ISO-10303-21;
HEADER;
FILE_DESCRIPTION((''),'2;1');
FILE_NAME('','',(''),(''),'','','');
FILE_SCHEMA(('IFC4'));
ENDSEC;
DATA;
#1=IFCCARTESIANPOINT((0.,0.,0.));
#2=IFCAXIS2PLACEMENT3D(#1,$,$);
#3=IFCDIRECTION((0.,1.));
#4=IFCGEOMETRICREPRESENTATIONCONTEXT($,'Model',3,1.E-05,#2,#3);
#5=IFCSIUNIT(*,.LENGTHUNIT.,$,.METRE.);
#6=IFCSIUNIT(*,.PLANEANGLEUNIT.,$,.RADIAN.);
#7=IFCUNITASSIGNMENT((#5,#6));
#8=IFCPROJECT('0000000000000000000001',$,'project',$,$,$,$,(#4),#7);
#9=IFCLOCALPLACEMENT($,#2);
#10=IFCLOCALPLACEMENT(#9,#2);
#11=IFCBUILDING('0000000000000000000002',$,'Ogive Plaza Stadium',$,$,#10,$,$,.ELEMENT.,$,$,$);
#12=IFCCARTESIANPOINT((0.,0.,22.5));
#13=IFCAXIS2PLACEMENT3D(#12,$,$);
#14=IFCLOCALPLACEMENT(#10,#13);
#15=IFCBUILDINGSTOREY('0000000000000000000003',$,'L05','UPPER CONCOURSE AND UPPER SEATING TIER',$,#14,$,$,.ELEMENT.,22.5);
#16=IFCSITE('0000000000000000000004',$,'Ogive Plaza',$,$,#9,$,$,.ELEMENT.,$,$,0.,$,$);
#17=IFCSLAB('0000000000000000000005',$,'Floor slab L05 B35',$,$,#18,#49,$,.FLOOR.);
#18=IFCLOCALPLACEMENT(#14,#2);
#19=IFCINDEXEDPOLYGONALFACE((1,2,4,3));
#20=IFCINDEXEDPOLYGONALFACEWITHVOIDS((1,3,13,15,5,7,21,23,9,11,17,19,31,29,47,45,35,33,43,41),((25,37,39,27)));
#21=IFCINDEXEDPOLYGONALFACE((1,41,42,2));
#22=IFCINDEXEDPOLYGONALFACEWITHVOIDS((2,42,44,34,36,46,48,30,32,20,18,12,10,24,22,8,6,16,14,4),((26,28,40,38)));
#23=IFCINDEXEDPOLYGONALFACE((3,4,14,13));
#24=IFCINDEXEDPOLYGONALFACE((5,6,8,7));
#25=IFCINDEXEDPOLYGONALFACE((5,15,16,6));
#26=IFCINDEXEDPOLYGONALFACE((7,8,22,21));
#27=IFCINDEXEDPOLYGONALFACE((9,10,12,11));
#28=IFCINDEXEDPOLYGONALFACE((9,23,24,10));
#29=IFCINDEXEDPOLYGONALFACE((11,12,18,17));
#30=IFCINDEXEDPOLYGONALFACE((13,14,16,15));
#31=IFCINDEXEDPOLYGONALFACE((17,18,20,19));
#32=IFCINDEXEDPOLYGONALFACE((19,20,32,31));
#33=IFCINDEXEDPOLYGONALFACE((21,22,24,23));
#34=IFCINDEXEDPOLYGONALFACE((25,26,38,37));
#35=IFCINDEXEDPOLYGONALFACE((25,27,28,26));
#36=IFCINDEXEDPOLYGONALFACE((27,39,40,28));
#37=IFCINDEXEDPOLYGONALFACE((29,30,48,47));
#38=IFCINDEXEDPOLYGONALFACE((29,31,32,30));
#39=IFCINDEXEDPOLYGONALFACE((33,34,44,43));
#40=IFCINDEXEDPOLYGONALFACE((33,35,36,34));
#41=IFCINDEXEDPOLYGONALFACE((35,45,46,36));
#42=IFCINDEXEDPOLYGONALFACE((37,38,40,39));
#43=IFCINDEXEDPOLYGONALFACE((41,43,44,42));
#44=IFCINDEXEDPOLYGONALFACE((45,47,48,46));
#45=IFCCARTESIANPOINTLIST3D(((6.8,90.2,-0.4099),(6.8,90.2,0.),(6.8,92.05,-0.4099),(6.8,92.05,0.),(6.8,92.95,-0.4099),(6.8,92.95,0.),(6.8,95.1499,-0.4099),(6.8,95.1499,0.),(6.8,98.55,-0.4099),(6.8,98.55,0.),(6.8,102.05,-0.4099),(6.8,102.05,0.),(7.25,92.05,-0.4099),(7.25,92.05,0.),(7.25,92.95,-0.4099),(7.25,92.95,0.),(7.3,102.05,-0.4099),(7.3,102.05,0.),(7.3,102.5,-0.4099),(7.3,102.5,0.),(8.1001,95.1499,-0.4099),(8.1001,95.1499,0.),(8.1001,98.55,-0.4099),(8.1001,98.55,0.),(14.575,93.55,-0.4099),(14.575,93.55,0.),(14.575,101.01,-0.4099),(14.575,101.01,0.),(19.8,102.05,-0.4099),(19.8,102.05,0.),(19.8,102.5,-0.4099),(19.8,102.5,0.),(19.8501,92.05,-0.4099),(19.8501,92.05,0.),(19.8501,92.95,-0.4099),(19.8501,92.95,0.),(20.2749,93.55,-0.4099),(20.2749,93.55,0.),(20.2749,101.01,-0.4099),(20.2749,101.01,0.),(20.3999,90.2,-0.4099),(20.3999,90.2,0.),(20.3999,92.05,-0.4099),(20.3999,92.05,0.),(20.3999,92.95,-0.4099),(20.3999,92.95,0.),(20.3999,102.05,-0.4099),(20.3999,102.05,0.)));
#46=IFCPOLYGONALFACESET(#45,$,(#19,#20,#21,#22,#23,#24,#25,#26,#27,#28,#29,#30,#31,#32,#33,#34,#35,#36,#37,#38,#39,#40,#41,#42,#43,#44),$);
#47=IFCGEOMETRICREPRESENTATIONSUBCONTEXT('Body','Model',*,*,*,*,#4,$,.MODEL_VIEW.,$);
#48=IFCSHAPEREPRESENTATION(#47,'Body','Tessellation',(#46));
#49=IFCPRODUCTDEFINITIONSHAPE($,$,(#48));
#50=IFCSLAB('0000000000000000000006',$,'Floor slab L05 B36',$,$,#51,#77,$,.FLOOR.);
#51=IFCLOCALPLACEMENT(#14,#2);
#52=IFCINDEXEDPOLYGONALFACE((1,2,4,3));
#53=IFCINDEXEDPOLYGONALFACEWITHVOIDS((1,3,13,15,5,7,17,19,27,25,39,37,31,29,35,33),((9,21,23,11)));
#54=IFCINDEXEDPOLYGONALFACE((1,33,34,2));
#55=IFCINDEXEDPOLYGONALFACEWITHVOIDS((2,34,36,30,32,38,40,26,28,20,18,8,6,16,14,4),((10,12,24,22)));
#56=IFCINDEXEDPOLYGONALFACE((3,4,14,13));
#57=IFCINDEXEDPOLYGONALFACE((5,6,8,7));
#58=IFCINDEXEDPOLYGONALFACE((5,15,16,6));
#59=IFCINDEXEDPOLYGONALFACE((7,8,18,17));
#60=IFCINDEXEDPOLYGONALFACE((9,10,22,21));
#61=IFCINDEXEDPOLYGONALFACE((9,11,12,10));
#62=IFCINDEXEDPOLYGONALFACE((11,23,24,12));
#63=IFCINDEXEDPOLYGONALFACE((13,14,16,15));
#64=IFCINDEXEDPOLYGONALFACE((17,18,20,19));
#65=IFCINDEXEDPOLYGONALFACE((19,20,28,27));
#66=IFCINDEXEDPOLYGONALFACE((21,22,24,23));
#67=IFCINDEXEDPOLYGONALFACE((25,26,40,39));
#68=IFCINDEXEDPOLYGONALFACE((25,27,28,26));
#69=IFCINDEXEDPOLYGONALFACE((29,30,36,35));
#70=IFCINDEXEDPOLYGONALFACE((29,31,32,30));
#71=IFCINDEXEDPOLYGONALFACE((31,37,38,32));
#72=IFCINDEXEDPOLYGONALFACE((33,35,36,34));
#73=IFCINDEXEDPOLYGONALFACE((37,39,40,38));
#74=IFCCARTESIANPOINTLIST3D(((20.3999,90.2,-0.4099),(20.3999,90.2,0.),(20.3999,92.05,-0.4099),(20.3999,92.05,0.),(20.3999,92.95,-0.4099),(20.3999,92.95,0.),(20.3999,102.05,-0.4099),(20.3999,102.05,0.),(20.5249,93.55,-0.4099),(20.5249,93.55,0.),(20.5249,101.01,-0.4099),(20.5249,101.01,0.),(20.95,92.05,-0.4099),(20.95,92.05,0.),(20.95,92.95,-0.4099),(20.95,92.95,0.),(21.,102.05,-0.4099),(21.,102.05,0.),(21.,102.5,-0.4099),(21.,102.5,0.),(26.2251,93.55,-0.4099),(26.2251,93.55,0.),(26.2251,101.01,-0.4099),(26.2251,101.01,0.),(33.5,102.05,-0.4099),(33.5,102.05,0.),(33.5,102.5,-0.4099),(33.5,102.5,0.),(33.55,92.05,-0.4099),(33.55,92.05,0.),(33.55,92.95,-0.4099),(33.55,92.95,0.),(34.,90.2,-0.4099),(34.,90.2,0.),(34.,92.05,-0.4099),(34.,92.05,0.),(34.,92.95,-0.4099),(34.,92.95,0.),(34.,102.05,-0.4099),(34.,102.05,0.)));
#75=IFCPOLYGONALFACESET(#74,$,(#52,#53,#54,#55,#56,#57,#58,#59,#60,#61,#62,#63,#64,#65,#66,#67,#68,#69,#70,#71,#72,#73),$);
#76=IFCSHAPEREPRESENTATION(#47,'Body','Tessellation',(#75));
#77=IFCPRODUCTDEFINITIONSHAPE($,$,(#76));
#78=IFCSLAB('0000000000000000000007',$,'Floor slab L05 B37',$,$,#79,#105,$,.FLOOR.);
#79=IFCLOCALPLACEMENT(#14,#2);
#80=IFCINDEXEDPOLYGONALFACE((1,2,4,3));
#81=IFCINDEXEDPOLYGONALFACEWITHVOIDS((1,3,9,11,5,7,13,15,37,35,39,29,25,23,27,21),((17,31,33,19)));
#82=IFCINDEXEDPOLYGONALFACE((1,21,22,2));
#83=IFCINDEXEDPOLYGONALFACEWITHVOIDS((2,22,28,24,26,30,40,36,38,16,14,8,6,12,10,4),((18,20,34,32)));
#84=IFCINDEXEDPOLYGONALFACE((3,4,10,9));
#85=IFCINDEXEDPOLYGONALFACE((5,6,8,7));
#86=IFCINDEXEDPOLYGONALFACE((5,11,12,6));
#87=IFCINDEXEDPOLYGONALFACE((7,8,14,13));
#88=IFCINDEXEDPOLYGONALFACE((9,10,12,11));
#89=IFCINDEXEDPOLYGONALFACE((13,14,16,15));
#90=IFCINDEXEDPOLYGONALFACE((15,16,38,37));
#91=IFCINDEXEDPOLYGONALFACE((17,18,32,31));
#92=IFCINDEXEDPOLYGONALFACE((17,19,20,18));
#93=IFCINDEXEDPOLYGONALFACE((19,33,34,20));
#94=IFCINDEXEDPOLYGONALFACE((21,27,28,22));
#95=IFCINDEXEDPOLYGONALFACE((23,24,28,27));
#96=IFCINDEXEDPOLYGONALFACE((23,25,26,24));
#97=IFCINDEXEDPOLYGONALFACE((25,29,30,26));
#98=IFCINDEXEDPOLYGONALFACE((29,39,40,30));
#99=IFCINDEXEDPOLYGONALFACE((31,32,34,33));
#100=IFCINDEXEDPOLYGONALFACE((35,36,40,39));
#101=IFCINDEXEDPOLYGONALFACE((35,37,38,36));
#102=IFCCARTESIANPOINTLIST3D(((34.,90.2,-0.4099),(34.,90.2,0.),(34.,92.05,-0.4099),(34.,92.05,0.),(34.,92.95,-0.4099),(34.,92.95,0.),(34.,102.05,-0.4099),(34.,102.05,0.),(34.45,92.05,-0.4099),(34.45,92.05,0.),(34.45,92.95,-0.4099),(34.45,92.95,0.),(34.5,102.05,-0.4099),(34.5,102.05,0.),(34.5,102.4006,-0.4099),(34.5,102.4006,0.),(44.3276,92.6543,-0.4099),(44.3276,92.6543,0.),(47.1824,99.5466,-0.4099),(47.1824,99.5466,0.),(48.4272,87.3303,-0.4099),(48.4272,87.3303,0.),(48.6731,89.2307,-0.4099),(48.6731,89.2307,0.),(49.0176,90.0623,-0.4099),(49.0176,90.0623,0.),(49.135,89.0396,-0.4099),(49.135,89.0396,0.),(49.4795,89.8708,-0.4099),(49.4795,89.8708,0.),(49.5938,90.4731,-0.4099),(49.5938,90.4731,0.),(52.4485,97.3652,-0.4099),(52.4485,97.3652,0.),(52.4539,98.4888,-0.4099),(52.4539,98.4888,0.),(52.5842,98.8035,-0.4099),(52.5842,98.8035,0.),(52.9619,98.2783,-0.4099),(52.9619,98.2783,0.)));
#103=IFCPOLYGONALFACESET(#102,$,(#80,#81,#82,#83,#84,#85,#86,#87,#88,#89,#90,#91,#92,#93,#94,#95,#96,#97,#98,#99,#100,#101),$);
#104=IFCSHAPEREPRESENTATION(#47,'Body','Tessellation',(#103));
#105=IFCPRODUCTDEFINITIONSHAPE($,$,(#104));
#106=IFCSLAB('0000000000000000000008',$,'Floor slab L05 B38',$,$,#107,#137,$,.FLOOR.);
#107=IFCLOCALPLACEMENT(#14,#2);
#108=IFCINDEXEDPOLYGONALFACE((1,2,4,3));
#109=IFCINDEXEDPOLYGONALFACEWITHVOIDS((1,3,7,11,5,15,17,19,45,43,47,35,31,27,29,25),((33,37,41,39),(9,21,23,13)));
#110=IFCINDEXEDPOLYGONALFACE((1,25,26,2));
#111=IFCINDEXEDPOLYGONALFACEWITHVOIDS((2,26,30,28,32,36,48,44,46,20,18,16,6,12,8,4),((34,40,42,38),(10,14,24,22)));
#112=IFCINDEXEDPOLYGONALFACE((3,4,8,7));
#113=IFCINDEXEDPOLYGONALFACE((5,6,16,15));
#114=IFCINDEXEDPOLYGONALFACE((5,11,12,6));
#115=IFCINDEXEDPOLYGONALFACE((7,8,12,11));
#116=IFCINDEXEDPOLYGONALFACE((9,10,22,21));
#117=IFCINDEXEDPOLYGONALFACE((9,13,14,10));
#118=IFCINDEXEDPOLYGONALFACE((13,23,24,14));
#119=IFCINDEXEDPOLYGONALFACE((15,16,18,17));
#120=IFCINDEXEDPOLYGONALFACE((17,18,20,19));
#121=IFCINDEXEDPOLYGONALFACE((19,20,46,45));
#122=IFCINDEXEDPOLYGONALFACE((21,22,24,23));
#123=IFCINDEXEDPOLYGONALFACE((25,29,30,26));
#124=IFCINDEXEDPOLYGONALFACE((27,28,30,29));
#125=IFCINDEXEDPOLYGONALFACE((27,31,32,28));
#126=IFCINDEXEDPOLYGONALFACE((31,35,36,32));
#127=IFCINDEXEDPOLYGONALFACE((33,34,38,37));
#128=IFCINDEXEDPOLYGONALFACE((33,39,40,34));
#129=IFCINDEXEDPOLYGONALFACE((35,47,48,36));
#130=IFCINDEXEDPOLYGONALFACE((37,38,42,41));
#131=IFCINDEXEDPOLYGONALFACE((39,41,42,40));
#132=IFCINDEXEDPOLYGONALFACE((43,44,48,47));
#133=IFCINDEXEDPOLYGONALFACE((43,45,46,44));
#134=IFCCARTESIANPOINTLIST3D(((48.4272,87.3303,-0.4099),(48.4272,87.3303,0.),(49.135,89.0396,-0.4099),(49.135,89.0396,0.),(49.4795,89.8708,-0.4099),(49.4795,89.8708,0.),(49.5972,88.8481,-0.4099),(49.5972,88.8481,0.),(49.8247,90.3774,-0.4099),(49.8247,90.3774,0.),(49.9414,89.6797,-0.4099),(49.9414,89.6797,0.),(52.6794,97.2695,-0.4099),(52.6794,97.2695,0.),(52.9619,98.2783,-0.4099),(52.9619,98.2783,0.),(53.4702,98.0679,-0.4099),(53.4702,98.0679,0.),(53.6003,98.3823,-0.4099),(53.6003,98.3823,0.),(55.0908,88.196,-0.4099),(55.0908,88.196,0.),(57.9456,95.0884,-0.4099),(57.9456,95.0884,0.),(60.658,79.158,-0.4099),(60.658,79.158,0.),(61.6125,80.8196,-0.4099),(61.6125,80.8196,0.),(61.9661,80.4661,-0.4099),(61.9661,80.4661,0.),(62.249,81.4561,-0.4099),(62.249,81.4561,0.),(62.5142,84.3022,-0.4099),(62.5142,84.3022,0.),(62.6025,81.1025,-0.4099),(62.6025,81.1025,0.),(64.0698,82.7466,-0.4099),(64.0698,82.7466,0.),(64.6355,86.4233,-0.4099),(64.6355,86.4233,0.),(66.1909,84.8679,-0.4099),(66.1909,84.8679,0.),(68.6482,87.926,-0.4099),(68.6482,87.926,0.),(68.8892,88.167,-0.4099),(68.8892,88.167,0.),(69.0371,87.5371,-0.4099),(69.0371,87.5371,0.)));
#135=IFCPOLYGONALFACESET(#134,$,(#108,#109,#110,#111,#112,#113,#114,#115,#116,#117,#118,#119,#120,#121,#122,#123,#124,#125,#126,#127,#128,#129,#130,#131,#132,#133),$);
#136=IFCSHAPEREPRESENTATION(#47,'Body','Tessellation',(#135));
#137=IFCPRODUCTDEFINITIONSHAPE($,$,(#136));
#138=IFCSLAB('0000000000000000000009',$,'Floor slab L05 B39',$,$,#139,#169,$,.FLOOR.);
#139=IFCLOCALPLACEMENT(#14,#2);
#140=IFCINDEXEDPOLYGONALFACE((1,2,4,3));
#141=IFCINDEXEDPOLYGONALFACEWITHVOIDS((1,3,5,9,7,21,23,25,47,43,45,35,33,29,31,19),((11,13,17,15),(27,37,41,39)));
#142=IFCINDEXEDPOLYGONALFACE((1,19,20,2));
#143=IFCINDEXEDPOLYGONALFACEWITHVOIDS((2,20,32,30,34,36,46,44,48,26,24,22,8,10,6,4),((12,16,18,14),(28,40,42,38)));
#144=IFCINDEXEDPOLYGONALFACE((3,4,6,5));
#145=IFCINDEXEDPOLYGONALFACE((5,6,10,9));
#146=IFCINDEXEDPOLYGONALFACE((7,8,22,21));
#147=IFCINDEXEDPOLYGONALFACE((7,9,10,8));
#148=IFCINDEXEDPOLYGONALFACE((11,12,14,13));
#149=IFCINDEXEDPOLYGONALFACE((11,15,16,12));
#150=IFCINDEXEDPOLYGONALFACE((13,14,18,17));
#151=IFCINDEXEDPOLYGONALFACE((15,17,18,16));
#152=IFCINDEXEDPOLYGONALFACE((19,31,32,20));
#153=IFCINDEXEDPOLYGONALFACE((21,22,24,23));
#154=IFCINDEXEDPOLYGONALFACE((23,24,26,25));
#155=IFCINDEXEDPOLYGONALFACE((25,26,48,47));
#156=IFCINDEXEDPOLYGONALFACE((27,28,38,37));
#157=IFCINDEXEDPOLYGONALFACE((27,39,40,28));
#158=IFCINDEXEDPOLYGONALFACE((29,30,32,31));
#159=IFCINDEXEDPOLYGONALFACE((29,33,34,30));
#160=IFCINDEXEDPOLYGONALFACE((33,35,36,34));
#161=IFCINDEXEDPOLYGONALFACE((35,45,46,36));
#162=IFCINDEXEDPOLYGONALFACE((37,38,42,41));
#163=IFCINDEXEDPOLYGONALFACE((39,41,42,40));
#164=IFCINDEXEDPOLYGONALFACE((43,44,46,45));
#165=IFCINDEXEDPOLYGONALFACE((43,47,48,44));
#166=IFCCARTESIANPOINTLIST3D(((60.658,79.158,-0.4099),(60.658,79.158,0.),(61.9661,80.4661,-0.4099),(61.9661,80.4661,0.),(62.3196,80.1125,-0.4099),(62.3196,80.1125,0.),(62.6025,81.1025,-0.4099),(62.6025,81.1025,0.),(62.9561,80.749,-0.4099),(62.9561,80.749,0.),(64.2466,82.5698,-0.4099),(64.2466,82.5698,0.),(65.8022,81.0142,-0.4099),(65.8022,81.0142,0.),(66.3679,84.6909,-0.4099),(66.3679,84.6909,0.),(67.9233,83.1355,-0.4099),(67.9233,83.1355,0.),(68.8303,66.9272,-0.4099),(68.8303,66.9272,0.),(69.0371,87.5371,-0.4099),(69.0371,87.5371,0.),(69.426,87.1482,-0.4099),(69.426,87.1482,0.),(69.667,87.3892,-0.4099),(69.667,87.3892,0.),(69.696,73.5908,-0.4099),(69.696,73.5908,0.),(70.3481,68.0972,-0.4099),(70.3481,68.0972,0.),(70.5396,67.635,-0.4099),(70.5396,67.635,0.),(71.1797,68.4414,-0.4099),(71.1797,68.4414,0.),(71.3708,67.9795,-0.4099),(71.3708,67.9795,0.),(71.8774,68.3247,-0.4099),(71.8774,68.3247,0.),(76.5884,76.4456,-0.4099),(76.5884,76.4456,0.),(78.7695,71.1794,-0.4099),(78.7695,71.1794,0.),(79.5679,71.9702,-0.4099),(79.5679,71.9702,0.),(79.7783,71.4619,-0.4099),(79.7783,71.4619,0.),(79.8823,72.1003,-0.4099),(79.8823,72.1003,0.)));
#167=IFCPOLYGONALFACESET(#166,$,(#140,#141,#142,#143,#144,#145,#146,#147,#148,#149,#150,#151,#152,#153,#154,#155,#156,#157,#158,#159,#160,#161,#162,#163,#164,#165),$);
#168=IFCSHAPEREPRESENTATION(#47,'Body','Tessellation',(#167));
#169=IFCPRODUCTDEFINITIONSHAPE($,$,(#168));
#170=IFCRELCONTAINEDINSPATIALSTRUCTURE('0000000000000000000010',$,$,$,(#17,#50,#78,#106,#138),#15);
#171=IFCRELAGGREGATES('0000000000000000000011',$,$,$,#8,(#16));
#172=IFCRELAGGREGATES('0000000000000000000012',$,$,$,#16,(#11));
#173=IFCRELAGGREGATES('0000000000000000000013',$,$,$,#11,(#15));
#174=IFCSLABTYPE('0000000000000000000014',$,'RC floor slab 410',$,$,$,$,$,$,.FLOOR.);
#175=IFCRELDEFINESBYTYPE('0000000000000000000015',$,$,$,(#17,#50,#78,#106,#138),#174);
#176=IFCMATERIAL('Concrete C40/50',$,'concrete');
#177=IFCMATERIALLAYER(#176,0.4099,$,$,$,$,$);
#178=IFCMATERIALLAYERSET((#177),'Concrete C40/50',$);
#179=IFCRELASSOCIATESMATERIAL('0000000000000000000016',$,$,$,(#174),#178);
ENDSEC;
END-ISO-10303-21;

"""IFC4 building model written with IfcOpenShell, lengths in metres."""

from ifc_helpers import new_model, si_unit, direction, frame, origin, place, context, subcontext, project, spatial, polyline, outline, extrude, material, layer, layer_set, type_object, element, save


model = new_model("IFC4")

# Units and contexts
model_context = context("Model", 3, precision=1e-05, world=origin(), true_north=direction((0.0, 1.0)))
body_context = subcontext(model_context, "Body", "Model", "MODEL_VIEW")
ifc_project = project(units=[si_unit("LENGTHUNIT", "METRE"), si_unit("PLANEANGLEUNIT", "RADIAN")], contexts=[model_context])

# Site, building, storey
site_placement = place(None, origin())
site = spatial("IfcSite", under=ifc_project, at=site_placement, Name="Ogive Plaza", CompositionType="ELEMENT", RefElevation=0.0)
building_placement = place(site_placement, origin())
building = spatial("IfcBuilding", under=site, at=building_placement, Name="Ogive Plaza Stadium", CompositionType="ELEMENT")
storey_placement = place(building_placement, frame((0.0, 0.0, 22.5)))
storey = spatial("IfcBuildingStorey", under=building, at=storey_placement, Name="L05", Description="UPPER CONCOURSE AND UPPER SEATING TIER", CompositionType="ELEMENT", Elevation=22.5)

# Slabs
ifc_material_1 = material(Name="Concrete C40/50", Category="concrete")
ifc_layer_1 = layer(ifc_material_1, 0.4099)
ifc_layer_set_1 = layer_set([ifc_layer_1], Name="Concrete C40/50")
slab_type = type_object("IfcSlabType", Name="RC floor slab 410", PredefinedType="FLOOR", material=ifc_layer_set_1)
slab_1_placement = place(storey_placement, frame((0.0, 0.0, -0.4099)))
element("IfcSlab", 1, at=slab_1_placement, inside=storey, type_object=slab_type, Name="Floor slab L05 B35", PredefinedType="FLOOR", context=body_context, shape_type="SweptSolid", body=[
    extrude(outline(polyline([(20.3999, 92.05), (19.8501, 92.05), (19.8501, 92.95), (20.3999, 92.95), (20.3999, 102.05), (19.8, 102.05), (19.8, 102.5), (7.3, 102.5), (7.3, 102.05), (6.8, 102.05), (6.8, 98.55), (8.1001, 98.55), (8.1001, 95.1499), (6.8, 95.1499), (6.8, 92.95), (7.25, 92.95), (7.25, 92.05), (6.8, 92.05), (6.8, 90.2), (20.3999, 90.2), (20.3999, 92.05)]), holes=[polyline([(14.575, 93.55), (20.2749, 93.55), (20.2749, 101.01), (14.575, 101.01), (14.575, 93.55)])]), origin(), (0.0, 0.0, 1.0), 0.4099),
])
slab_2_placement = place(storey_placement, frame((0.0, 0.0, -0.4099)))
element("IfcSlab", 2, at=slab_2_placement, inside=storey, type_object=slab_type, Name="Floor slab L05 B36", PredefinedType="FLOOR", context=body_context, shape_type="SweptSolid", body=[
    extrude(outline(polyline([(34.0, 92.05), (33.55, 92.05), (33.55, 92.95), (34.0, 92.95), (34.0, 102.05), (33.5, 102.05), (33.5, 102.5), (21.0, 102.5), (21.0, 102.05), (20.3999, 102.05), (20.3999, 92.95), (20.95, 92.95), (20.95, 92.05), (20.3999, 92.05), (20.3999, 90.2), (34.0, 90.2), (34.0, 92.05)]), holes=[polyline([(20.5249, 93.55), (26.2251, 93.55), (26.2251, 101.01), (20.5249, 101.01), (20.5249, 93.55)])]), origin(), (0.0, 0.0, 1.0), 0.4099),
])
slab_3_placement = place(storey_placement, frame((0.0, 0.0, -0.4099)))
element("IfcSlab", 3, at=slab_3_placement, inside=storey, type_object=slab_type, Name="Floor slab L05 B37", PredefinedType="FLOOR", context=body_context, shape_type="SweptSolid", body=[
    extrude(outline(polyline([(49.135, 89.0396), (48.6731, 89.2307), (49.0176, 90.0623), (49.4795, 89.8708), (52.9619, 98.2783), (52.4539, 98.4888), (52.5842, 98.8035), (34.5, 102.4006), (34.5, 102.05), (34.0, 102.05), (34.0, 92.95), (34.45, 92.95), (34.45, 92.05), (34.0, 92.05), (34.0, 90.2), (48.4272, 87.3303), (49.135, 89.0396)]), holes=[polyline([(44.3276, 92.6543), (49.5938, 90.4731), (52.4485, 97.3652), (47.1824, 99.5466), (44.3276, 92.6543)])]), origin(), (0.0, 0.0, 1.0), 0.4099),
])
slab_4_placement = place(storey_placement, frame((0.0, 0.0, -0.4099)))
element("IfcSlab", 4, at=slab_4_placement, inside=storey, type_object=slab_type, Name="Floor slab L05 B38", PredefinedType="FLOOR", context=body_context, shape_type="SweptSolid", body=[
    extrude(outline(polyline([(61.9661, 80.4661), (61.6125, 80.8196), (62.249, 81.4561), (62.6025, 81.1025), (69.0371, 87.5371), (68.6482, 87.926), (68.8892, 88.167), (53.6003, 98.3823), (53.4702, 98.0679), (52.9619, 98.2783), (49.4795, 89.8708), (49.9414, 89.6797), (49.5972, 88.8481), (49.135, 89.0396), (48.4272, 87.3303), (60.658, 79.158), (61.9661, 80.4661)]), holes=[polyline([(49.8247, 90.3774), (55.0908, 88.196), (57.9456, 95.0884), (52.6794, 97.2695), (49.8247, 90.3774)]), polyline([(62.5142, 84.3022), (64.0698, 82.7466), (66.1909, 84.8679), (64.6355, 86.4233), (62.5142, 84.3022)])]), origin(), (0.0, 0.0, 1.0), 0.4099),
])
slab_5_placement = place(storey_placement, frame((0.0, 0.0, -0.4099)))
element("IfcSlab", 5, at=slab_5_placement, inside=storey, type_object=slab_type, Name="Floor slab L05 B39", PredefinedType="FLOOR", context=body_context, shape_type="SweptSolid", body=[
    extrude(outline(polyline([(70.5396, 67.635), (70.3481, 68.0972), (71.1797, 68.4414), (71.3708, 67.9795), (79.7783, 71.4619), (79.5679, 71.9702), (79.8823, 72.1003), (69.667, 87.3892), (69.426, 87.1482), (69.0371, 87.5371), (62.6025, 81.1025), (62.9561, 80.749), (62.3196, 80.1125), (61.9661, 80.4661), (60.658, 79.158), (68.8303, 66.9272), (70.5396, 67.635)]), holes=[polyline([(69.696, 73.5908), (71.8774, 68.3247), (78.7695, 71.1794), (76.5884, 76.4456), (69.696, 73.5908)]), polyline([(64.2466, 82.5698), (65.8022, 81.0142), (67.9233, 83.1355), (66.3679, 84.6909), (64.2466, 82.5698)])]), origin(), (0.0, 0.0, 1.0), 0.4099),
])

save(model, "model.ifc")
